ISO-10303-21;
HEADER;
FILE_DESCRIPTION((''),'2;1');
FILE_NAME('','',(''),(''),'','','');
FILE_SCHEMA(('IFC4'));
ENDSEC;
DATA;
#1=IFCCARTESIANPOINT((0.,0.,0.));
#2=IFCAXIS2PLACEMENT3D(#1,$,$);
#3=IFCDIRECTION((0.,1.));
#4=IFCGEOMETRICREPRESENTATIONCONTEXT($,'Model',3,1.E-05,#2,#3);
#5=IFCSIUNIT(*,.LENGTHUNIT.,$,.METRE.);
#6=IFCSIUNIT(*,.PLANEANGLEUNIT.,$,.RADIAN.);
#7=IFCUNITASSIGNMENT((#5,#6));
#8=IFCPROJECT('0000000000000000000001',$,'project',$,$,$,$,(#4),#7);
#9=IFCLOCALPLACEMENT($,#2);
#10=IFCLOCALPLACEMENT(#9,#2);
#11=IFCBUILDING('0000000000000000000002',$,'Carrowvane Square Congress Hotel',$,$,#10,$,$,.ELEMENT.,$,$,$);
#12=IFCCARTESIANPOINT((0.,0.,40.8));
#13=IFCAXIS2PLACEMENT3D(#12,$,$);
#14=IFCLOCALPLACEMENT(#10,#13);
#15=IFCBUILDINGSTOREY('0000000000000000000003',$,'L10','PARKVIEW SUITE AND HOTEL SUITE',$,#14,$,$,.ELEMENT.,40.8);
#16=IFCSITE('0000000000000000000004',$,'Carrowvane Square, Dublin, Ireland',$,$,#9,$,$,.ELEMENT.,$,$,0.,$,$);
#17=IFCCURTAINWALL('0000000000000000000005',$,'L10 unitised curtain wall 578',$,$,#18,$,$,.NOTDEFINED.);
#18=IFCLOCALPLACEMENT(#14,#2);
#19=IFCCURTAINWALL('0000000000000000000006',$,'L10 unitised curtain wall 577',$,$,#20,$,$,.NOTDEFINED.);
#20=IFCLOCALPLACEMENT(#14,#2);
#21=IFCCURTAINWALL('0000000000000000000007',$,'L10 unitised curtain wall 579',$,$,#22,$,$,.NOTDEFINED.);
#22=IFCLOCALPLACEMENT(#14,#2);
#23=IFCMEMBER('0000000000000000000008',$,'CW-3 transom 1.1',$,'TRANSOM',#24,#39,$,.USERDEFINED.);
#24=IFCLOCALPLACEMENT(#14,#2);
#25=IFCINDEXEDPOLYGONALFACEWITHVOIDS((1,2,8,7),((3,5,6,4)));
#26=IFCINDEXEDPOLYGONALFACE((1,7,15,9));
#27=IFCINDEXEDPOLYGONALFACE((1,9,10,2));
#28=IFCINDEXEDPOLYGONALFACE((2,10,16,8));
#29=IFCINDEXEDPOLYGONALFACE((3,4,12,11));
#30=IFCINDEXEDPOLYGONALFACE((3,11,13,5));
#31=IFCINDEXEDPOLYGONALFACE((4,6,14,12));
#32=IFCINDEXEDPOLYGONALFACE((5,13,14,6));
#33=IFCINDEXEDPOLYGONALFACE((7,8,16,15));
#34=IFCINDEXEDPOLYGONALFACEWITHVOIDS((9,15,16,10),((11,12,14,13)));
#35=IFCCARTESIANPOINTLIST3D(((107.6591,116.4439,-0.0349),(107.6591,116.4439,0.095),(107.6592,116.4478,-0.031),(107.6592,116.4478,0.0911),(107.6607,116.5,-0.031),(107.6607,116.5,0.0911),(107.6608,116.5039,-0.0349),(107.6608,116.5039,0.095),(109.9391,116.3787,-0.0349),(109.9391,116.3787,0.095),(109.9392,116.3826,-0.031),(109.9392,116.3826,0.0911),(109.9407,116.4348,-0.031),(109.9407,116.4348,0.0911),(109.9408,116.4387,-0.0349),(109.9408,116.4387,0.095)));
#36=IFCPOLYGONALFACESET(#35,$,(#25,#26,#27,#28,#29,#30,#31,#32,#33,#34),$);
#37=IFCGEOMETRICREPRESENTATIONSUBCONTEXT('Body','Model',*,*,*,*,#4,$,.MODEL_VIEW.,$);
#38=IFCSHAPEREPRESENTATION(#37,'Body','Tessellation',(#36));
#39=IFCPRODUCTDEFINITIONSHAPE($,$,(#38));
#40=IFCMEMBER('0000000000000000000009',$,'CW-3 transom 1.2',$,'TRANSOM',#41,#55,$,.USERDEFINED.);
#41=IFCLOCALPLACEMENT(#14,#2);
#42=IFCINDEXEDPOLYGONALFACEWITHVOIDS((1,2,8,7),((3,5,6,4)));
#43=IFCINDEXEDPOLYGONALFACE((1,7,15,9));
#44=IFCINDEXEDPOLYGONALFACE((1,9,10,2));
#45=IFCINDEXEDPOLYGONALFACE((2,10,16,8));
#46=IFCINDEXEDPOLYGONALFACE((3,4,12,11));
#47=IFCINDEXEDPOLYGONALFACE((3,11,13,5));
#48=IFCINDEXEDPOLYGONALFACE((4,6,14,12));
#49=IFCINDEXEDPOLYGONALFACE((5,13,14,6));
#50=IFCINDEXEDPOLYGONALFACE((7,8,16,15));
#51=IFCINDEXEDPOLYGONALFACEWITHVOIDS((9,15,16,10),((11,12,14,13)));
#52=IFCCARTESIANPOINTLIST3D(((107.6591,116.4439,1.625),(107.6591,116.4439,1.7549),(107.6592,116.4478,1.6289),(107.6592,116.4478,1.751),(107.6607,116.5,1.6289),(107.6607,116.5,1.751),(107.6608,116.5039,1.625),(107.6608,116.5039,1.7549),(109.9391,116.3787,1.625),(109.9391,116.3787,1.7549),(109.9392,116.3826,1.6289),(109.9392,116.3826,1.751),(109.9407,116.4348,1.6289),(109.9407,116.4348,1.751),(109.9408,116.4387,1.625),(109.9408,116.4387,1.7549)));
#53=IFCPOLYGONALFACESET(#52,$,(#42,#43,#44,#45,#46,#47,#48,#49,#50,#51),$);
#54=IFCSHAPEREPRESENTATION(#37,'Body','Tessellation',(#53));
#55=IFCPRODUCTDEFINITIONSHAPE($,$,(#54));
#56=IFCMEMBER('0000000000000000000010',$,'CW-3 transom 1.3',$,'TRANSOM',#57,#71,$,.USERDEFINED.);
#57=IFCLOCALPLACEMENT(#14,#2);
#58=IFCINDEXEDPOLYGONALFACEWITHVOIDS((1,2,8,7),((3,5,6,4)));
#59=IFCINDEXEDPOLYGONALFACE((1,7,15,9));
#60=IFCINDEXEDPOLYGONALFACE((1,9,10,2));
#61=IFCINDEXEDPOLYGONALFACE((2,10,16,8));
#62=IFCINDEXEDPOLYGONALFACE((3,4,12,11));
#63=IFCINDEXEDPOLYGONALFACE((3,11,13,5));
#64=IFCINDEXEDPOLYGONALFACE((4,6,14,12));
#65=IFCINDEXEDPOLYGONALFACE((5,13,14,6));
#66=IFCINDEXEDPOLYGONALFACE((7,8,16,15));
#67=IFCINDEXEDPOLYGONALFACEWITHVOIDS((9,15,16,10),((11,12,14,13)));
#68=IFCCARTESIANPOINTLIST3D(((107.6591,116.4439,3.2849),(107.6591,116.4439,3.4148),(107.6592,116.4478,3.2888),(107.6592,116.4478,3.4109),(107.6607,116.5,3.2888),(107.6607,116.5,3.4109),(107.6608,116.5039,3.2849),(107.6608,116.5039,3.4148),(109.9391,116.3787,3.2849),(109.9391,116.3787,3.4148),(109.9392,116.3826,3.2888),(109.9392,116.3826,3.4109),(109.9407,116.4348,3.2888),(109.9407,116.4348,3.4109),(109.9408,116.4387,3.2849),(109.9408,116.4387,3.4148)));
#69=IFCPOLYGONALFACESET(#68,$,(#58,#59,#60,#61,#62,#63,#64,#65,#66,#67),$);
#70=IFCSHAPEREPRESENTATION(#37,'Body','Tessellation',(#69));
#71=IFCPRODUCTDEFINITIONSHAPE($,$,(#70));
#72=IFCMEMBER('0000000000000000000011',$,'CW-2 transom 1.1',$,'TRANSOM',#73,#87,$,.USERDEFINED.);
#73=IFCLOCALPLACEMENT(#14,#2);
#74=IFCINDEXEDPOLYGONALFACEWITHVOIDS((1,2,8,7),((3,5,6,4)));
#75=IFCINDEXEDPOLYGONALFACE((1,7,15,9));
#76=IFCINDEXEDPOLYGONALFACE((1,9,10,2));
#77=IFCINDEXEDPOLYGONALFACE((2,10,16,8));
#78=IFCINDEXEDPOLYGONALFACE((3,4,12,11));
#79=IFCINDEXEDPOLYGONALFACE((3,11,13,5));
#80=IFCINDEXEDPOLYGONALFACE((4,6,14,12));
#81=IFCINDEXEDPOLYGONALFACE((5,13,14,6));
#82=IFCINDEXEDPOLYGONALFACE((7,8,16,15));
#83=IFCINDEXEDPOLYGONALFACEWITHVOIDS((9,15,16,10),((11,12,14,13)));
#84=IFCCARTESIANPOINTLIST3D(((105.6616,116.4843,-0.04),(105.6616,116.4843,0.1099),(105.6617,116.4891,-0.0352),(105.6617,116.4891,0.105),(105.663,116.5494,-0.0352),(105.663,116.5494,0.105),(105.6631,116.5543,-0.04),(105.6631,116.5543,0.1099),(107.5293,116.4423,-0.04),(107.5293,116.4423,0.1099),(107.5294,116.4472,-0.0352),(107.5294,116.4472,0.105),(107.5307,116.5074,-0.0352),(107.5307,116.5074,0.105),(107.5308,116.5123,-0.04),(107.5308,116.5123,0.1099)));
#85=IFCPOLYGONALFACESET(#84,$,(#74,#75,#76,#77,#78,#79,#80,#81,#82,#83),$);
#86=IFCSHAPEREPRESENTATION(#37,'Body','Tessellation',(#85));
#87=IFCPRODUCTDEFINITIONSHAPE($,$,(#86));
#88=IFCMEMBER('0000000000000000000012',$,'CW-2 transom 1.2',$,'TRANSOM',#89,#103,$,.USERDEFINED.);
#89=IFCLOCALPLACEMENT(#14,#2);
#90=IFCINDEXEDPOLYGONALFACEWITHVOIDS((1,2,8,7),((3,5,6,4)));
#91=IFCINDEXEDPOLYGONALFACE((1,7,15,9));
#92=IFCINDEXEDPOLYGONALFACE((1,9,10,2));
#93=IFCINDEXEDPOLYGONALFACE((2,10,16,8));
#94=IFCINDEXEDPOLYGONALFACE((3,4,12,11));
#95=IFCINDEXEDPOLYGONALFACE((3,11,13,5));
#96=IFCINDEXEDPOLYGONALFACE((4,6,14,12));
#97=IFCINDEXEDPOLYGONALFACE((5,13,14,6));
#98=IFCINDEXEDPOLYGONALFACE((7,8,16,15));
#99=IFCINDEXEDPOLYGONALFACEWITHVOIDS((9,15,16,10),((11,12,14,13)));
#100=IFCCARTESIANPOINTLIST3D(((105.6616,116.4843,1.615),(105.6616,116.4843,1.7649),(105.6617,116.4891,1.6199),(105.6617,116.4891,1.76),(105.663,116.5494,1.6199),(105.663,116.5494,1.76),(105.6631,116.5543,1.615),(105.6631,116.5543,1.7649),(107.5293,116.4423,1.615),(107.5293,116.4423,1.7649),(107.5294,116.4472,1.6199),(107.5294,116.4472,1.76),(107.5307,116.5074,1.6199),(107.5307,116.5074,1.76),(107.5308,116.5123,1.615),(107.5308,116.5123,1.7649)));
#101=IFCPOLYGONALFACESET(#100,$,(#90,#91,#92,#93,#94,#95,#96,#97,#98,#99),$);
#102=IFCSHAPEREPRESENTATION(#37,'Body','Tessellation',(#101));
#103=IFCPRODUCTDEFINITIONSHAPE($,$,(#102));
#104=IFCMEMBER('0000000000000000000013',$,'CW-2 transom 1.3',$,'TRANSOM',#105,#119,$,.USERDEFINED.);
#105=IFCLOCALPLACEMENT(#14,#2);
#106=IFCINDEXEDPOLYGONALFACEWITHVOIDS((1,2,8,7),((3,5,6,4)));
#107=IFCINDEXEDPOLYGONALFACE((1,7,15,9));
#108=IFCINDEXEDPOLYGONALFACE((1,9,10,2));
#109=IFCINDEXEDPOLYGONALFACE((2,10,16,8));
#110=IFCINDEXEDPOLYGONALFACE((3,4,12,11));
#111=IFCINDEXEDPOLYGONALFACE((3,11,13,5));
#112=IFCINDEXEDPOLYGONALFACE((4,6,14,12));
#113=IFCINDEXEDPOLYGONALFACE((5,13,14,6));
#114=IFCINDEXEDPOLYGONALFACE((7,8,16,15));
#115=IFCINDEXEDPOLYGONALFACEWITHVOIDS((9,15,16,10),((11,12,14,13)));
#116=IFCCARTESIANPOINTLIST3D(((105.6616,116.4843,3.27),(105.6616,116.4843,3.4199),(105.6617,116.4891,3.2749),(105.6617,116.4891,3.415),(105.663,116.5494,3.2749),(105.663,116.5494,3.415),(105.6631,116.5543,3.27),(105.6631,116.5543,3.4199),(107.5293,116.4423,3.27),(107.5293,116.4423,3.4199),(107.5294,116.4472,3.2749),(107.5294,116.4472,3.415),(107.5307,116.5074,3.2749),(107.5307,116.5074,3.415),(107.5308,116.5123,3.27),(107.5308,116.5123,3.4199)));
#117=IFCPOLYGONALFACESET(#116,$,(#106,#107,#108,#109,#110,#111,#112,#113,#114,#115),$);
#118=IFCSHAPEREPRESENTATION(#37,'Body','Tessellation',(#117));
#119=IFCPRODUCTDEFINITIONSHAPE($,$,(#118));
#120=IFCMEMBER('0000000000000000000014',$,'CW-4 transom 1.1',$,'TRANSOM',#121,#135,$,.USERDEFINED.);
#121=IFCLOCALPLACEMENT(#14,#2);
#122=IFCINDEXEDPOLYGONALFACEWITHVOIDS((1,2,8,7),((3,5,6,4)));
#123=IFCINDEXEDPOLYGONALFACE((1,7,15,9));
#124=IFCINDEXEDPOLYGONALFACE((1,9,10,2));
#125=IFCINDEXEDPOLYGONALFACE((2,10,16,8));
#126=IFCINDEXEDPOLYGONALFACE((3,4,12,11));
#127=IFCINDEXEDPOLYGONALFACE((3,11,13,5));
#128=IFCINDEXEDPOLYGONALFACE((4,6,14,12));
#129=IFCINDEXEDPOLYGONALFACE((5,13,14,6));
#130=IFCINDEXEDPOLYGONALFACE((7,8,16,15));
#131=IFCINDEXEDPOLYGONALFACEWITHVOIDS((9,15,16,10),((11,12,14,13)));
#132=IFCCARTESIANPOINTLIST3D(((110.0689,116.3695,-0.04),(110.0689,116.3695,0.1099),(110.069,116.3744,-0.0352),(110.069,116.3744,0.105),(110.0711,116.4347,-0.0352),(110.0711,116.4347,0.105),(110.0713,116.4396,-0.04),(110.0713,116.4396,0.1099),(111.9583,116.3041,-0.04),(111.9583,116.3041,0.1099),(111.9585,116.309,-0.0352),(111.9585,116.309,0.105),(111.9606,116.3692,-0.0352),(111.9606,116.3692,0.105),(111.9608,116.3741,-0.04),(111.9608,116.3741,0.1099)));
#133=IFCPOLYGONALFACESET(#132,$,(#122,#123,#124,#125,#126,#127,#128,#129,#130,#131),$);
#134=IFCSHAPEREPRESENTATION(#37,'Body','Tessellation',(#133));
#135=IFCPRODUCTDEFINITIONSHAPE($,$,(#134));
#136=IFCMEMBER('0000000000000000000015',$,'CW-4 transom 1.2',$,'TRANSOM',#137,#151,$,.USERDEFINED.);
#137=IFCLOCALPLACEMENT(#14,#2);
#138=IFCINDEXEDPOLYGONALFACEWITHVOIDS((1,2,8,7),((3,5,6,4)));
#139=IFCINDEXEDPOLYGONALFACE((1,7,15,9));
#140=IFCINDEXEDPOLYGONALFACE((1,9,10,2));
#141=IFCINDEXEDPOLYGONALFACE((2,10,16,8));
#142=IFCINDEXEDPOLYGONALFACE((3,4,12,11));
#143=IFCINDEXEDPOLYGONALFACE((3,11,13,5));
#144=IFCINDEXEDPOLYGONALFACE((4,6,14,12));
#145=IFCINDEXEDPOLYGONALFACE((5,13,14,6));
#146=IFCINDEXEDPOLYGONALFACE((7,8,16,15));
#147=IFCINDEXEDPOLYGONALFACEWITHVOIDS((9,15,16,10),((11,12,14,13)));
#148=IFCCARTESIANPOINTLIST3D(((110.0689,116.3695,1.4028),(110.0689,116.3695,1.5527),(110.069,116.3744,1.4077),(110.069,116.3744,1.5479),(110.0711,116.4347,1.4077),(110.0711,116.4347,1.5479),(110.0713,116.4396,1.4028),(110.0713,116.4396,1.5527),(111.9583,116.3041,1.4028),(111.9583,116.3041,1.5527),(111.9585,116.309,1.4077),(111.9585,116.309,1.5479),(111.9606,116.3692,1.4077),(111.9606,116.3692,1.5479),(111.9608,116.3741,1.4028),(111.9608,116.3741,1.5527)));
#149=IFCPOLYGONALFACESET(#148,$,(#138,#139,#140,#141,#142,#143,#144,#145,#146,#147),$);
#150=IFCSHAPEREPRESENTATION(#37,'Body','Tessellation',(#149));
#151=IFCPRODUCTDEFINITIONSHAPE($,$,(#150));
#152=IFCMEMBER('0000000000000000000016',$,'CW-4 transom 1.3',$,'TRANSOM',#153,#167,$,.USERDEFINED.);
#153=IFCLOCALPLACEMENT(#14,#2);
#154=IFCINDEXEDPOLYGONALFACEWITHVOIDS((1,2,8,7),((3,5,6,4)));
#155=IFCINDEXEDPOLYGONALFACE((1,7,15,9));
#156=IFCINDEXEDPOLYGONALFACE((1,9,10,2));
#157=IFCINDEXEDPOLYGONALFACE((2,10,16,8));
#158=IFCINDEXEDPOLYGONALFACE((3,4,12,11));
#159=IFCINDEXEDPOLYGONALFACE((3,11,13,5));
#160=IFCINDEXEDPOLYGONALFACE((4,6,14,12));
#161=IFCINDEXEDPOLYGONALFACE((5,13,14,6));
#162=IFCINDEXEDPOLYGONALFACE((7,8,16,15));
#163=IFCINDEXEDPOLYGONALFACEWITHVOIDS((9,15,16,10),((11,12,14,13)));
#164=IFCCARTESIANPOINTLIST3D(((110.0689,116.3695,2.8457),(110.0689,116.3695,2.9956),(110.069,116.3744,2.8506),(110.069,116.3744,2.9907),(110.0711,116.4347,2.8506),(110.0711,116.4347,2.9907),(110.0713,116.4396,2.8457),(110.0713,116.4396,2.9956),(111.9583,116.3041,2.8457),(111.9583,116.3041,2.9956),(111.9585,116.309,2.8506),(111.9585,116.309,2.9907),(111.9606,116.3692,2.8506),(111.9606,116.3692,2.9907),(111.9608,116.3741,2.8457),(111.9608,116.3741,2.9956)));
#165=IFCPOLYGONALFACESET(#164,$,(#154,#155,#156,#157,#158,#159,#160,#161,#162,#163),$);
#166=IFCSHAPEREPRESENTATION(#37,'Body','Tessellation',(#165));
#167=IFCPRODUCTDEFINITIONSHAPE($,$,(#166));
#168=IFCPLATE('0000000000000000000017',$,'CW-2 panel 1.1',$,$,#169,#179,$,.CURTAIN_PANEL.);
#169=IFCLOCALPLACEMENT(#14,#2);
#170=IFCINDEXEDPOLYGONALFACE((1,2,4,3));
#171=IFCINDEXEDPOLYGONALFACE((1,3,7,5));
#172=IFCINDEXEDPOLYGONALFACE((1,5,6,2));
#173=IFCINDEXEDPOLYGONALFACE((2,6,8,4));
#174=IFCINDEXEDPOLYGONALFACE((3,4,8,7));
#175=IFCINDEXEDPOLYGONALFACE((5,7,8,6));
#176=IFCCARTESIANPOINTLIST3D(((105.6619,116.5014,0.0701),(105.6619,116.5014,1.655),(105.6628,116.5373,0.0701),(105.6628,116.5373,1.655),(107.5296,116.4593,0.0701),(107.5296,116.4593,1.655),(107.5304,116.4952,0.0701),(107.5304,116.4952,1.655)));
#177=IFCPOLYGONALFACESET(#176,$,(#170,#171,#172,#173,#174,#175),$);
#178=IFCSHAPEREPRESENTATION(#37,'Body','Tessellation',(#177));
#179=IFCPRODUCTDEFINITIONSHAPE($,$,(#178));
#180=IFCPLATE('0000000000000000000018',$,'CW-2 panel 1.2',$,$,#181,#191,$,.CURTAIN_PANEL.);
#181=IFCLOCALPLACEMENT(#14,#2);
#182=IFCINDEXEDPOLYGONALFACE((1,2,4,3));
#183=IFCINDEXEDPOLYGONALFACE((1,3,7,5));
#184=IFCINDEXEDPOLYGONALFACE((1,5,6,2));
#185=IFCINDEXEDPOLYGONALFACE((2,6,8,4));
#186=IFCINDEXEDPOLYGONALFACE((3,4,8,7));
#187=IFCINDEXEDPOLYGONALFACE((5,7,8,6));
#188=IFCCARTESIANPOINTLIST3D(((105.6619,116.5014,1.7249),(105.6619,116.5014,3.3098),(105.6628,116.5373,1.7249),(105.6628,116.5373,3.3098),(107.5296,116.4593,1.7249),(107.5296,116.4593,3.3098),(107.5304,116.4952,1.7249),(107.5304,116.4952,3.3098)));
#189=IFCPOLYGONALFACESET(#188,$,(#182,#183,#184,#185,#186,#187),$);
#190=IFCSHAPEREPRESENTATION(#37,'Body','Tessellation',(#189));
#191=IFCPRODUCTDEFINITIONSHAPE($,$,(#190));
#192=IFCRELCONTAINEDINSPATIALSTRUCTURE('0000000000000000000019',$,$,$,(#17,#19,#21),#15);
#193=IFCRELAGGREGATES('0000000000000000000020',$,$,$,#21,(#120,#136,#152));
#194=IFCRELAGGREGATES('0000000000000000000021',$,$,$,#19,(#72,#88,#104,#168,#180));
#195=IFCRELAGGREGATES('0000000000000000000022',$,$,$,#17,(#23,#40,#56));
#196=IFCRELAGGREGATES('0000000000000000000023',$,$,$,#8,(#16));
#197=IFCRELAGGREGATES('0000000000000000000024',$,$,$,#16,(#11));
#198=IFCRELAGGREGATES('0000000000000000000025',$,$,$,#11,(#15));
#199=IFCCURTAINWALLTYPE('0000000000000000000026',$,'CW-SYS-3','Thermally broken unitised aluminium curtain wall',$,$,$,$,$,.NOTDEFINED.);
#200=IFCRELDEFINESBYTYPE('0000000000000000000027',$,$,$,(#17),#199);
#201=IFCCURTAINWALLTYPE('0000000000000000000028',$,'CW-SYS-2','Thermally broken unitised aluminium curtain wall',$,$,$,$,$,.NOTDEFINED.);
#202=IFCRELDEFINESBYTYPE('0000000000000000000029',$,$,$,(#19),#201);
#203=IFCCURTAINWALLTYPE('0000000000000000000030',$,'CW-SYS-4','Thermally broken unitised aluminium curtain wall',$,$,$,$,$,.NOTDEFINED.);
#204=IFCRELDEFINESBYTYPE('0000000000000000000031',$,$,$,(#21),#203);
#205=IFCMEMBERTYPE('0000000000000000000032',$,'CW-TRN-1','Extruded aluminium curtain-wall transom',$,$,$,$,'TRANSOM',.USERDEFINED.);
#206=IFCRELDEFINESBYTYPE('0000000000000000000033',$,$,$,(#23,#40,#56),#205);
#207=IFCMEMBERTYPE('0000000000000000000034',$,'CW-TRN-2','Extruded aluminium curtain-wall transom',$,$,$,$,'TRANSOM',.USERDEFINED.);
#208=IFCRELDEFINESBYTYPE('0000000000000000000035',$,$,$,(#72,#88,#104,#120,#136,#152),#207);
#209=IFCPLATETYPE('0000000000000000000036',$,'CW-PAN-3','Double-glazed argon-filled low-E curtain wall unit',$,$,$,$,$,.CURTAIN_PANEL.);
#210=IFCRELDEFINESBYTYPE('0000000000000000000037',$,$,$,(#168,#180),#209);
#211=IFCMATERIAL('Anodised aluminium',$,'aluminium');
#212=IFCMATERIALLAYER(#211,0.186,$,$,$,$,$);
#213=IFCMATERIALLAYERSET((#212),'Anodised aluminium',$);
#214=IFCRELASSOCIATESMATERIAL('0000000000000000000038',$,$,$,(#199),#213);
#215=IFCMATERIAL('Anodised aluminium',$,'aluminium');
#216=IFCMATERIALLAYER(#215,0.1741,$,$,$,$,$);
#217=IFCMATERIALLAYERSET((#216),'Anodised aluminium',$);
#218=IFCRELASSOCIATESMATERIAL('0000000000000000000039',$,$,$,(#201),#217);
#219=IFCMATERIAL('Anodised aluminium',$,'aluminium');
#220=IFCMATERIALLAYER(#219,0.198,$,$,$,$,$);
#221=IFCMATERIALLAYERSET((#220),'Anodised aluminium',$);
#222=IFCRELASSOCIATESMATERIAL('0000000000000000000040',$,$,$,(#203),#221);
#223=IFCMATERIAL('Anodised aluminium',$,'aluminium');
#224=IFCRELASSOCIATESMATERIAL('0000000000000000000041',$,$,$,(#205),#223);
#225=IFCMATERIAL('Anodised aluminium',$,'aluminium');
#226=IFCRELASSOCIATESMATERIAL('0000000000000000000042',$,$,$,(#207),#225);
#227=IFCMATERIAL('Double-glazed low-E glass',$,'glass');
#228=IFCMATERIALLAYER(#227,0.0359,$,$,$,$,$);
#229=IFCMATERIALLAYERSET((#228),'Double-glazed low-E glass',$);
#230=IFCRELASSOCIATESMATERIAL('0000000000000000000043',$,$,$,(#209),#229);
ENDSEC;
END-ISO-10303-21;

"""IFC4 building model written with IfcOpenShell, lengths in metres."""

from ifc_helpers import new_model, si_unit, direction, frame, origin, origin_2d, place, context, subcontext, project, spatial, rectangle, hollow_rectangle, extrude, material, layer, layer_set, material_profile, profile_set, type_object, element, aggregate, save


model = new_model("IFC4")

# Units and contexts
model_context = context("Model", 3, precision=1e-05, world=origin(), true_north=direction((0.0, 1.0)))
body_context = subcontext(model_context, "Body", "Model", "MODEL_VIEW")
ifc_project = project(units=[si_unit("LENGTHUNIT", "METRE"), si_unit("PLANEANGLEUNIT", "RADIAN")], contexts=[model_context])

# Site, building, storey
site_placement = place(None, origin())
site = spatial("IfcSite", under=ifc_project, at=site_placement, Name="Carrowvane Square, Dublin, Ireland", CompositionType="ELEMENT", RefElevation=0.0)
building_placement = place(site_placement, origin())
building = spatial("IfcBuilding", under=site, at=building_placement, Name="Carrowvane Square Congress Hotel", CompositionType="ELEMENT")
storey_placement = place(building_placement, frame((0.0, 0.0, 40.8)))
storey = spatial("IfcBuildingStorey", under=building, at=storey_placement, Name="L10", Description="PARKVIEW SUITE AND HOTEL SUITE", CompositionType="ELEMENT", Elevation=40.8)

# Curtain walls
ifc_material_1 = material(Name="Anodised aluminium", Category="aluminium")
ifc_layer_1 = layer(ifc_material_1, 0.186)
ifc_layer_set_1 = layer_set([ifc_layer_1], Name="Anodised aluminium")
curtain_wall_type_1 = type_object("IfcCurtainWallType", Name="CW-SYS-3", Description="Thermally broken unitised aluminium curtain wall", PredefinedType="NOTDEFINED", material=ifc_layer_set_1)
curtain_wall_1_placement = place(storey_placement, origin())
curtain_wall_1 = element("IfcCurtainWall", 1, at=curtain_wall_1_placement, inside=storey, type_object=curtain_wall_type_1, Name="L10 unitised curtain wall 578", PredefinedType="NOTDEFINED")
ifc_material_2 = material(Name="Anodised aluminium", Category="aluminium")
ifc_layer_2 = layer(ifc_material_2, 0.1741)
ifc_layer_set_2 = layer_set([ifc_layer_2], Name="Anodised aluminium")
curtain_wall_type_2 = type_object("IfcCurtainWallType", Name="CW-SYS-2", Description="Thermally broken unitised aluminium curtain wall", PredefinedType="NOTDEFINED", material=ifc_layer_set_2)
curtain_wall_2_placement = place(storey_placement, origin())
curtain_wall_2 = element("IfcCurtainWall", 2, at=curtain_wall_2_placement, inside=storey, type_object=curtain_wall_type_2, Name="L10 unitised curtain wall 577", PredefinedType="NOTDEFINED")

# Curtain wall
ifc_material_3 = material(Name="Anodised aluminium", Category="aluminium")
ifc_layer_3 = layer(ifc_material_3, 0.198)
ifc_layer_set_3 = layer_set([ifc_layer_3], Name="Anodised aluminium")
curtain_wall_type_3 = type_object("IfcCurtainWallType", Name="CW-SYS-4", Description="Thermally broken unitised aluminium curtain wall", PredefinedType="NOTDEFINED", material=ifc_layer_set_3)
curtain_wall_3_placement = place(storey_placement, origin())
curtain_wall_3 = element("IfcCurtainWall", 3, at=curtain_wall_3_placement, inside=storey, type_object=curtain_wall_type_3, Name="L10 unitised curtain wall 579", PredefinedType="NOTDEFINED")

# Members
ifc_material_4 = material(Name="Anodised aluminium", Category="aluminium")
ifc_material_profile_1 = material_profile(ifc_material_4, hollow_rectangle(XDim=0.0601, YDim=0.1299, WallThickness=0.0039, at=origin_2d()), Name="CW-TR 60x130x4")
ifc_profile_set_1 = profile_set([ifc_material_profile_1], Name="Anodised aluminium")
member_type_1 = type_object("IfcMemberType", Name="CW-TRN-1", Description="Extruded aluminium curtain-wall transom", ElementType="TRANSOM", PredefinedType="USERDEFINED", material=ifc_profile_set_1)
member_1_placement = place(storey_placement, frame((107.6599, 116.4739, 0.03), z_axis=(0.999592, -0.028578, 0.0), x_axis=(0.028578, 0.999592, 0.0)))
member_1 = element("IfcMember", 4, at=member_1_placement, type_object=member_type_1, Name="CW-3 transom 1.1", ObjectType="TRANSOM", PredefinedType="USERDEFINED", context=body_context, shape_type="SweptSolid", body=[
    extrude(hollow_rectangle(XDim=0.0601, YDim=0.1299, WallThickness=0.0039, at=origin_2d()), origin(), (0.0, 0.0, 1.0), 2.281),
])
member_2_placement = place(storey_placement, frame((107.6599, 116.4739, 1.6899), z_axis=(0.999592, -0.028578, 0.0), x_axis=(0.028578, 0.999592, 0.0)))
member_2 = element("IfcMember", 5, at=member_2_placement, type_object=member_type_1, Name="CW-3 transom 1.2", ObjectType="TRANSOM", PredefinedType="USERDEFINED", context=body_context, shape_type="SweptSolid", body=[
    extrude(hollow_rectangle(XDim=0.0601, YDim=0.1299, WallThickness=0.0039, at=origin_2d()), origin(), (0.0, 0.0, 1.0), 2.281),
])
member_3_placement = place(storey_placement, frame((107.6599, 116.4739, 3.3499), z_axis=(0.999592, -0.028578, 0.0), x_axis=(0.028578, 0.999592, 0.0)))
member_3 = element("IfcMember", 6, at=member_3_placement, type_object=member_type_1, Name="CW-3 transom 1.3", ObjectType="TRANSOM", PredefinedType="USERDEFINED", context=body_context, shape_type="SweptSolid", body=[
    extrude(hollow_rectangle(XDim=0.0601, YDim=0.1299, WallThickness=0.0039, at=origin_2d()), origin(), (0.0, 0.0, 1.0), 2.281),
])
ifc_material_5 = material(Name="Anodised aluminium", Category="aluminium")
ifc_material_profile_2 = material_profile(ifc_material_5, hollow_rectangle(XDim=0.0701, YDim=0.1499, WallThickness=0.0049, at=origin_2d()), Name="CW-TR 70x150x5")
ifc_profile_set_2 = profile_set([ifc_material_profile_2], Name="Anodised aluminium")
member_type_2 = type_object("IfcMemberType", Name="CW-TRN-2", Description="Extruded aluminium curtain-wall transom", ElementType="TRANSOM", PredefinedType="USERDEFINED", material=ifc_profile_set_2)
member_4_placement = place(storey_placement, frame((105.6624, 116.5193, 0.0349), z_axis=(0.999747, -0.022478, 0.0), x_axis=(0.022478, 0.999747, 0.0)))
member_4 = element("IfcMember", 7, at=member_4_placement, type_object=member_type_2, Name="CW-2 transom 1.1", ObjectType="TRANSOM", PredefinedType="USERDEFINED", context=body_context, shape_type="SweptSolid", body=[
    extrude(hollow_rectangle(XDim=0.0701, YDim=0.1499, WallThickness=0.0049, at=origin_2d()), origin(), (0.0, 0.0, 1.0), 1.8682),
])
member_5_placement = place(storey_placement, frame((105.6624, 116.5193, 1.6899), z_axis=(0.999747, -0.022478, 0.0), x_axis=(0.022478, 0.999747, 0.0)))
member_5 = element("IfcMember", 8, at=member_5_placement, type_object=member_type_2, Name="CW-2 transom 1.2", ObjectType="TRANSOM", PredefinedType="USERDEFINED", context=body_context, shape_type="SweptSolid", body=[
    extrude(hollow_rectangle(XDim=0.0701, YDim=0.1499, WallThickness=0.0049, at=origin_2d()), origin(), (0.0, 0.0, 1.0), 1.8682),
])
member_6_placement = place(storey_placement, frame((105.6624, 116.5193, 3.345), z_axis=(0.999747, -0.022478, 0.0), x_axis=(0.022478, 0.999747, 0.0)))
member_6 = element("IfcMember", 9, at=member_6_placement, type_object=member_type_2, Name="CW-2 transom 1.3", ObjectType="TRANSOM", PredefinedType="USERDEFINED", context=body_context, shape_type="SweptSolid", body=[
    extrude(hollow_rectangle(XDim=0.0701, YDim=0.1499, WallThickness=0.0049, at=origin_2d()), origin(), (0.0, 0.0, 1.0), 1.8682),
])
member_7_placement = place(storey_placement, frame((110.0701, 116.4045, 0.0349), z_axis=(0.999401, -0.034609, 0.0), x_axis=(0.034609, 0.999401, 0.0)))
member_7 = element("IfcMember", 10, at=member_7_placement, type_object=member_type_2, Name="CW-4 transom 1.1", ObjectType="TRANSOM", PredefinedType="USERDEFINED", context=body_context, shape_type="SweptSolid", body=[
    extrude(hollow_rectangle(XDim=0.0701, YDim=0.1499, WallThickness=0.0049, at=origin_2d()), origin(), (0.0, 0.0, 1.0), 1.8906),
])
member_8_placement = place(storey_placement, frame((110.0701, 116.4045, 1.4778), z_axis=(0.999401, -0.034609, 0.0), x_axis=(0.034609, 0.999401, 0.0)))
member_8 = element("IfcMember", 11, at=member_8_placement, type_object=member_type_2, Name="CW-4 transom 1.2", ObjectType="TRANSOM", PredefinedType="USERDEFINED", context=body_context, shape_type="SweptSolid", body=[
    extrude(hollow_rectangle(XDim=0.0701, YDim=0.1499, WallThickness=0.0049, at=origin_2d()), origin(), (0.0, 0.0, 1.0), 1.8906),
])
member_9_placement = place(storey_placement, frame((110.0701, 116.4045, 2.9207), z_axis=(0.999401, -0.034609, 0.0), x_axis=(0.034609, 0.999401, 0.0)))
member_9 = element("IfcMember", 12, at=member_9_placement, type_object=member_type_2, Name="CW-4 transom 1.3", ObjectType="TRANSOM", PredefinedType="USERDEFINED", context=body_context, shape_type="SweptSolid", body=[
    extrude(hollow_rectangle(XDim=0.0701, YDim=0.1499, WallThickness=0.0049, at=origin_2d()), origin(), (0.0, 0.0, 1.0), 1.8906),
])
aggregate(curtain_wall_3, [member_7, member_8, member_9])

# Plates
ifc_material_6 = material(Name="Double-glazed low-E glass", Category="glass")
ifc_layer_4 = layer(ifc_material_6, 0.0359)
ifc_layer_set_4 = layer_set([ifc_layer_4], Name="Double-glazed low-E glass")
plate_type_1 = type_object("IfcPlateType", Name="CW-PAN-3", Description="Double-glazed argon-filled low-E curtain wall unit", PredefinedType="CURTAIN_PANEL", material=ifc_layer_set_4)
plate_1_placement = place(storey_placement, frame((106.5962, 116.4983, 0.0701), z_axis=(0.0, 0.0, 1.0), x_axis=(0.999746, -0.022518, 0.0)))
plate_1 = element("IfcPlate", 13, at=plate_1_placement, type_object=plate_type_1, Name="CW-2 panel 1.1", PredefinedType="CURTAIN_PANEL", context=body_context, shape_type="SweptSolid", body=[
    extrude(rectangle(XDim=1.8682, YDim=0.0359, at=origin_2d()), origin(), (0.0, 0.0, 1.0), 1.585),
])
plate_2_placement = place(storey_placement, frame((106.5962, 116.4983, 1.7249), z_axis=(0.0, 0.0, 1.0), x_axis=(0.999746, -0.022518, 0.0)))
plate_2 = element("IfcPlate", 14, at=plate_2_placement, type_object=plate_type_1, Name="CW-2 panel 1.2", PredefinedType="CURTAIN_PANEL", context=body_context, shape_type="SweptSolid", body=[
    extrude(rectangle(XDim=1.8682, YDim=0.0359, at=origin_2d()), origin(), (0.0, 0.0, 1.0), 1.585),
])
aggregate(curtain_wall_2, [member_4, member_5, member_6, plate_1, plate_2])
aggregate(curtain_wall_1, [member_1, member_2, member_3])

save(model, "model.ifc")
